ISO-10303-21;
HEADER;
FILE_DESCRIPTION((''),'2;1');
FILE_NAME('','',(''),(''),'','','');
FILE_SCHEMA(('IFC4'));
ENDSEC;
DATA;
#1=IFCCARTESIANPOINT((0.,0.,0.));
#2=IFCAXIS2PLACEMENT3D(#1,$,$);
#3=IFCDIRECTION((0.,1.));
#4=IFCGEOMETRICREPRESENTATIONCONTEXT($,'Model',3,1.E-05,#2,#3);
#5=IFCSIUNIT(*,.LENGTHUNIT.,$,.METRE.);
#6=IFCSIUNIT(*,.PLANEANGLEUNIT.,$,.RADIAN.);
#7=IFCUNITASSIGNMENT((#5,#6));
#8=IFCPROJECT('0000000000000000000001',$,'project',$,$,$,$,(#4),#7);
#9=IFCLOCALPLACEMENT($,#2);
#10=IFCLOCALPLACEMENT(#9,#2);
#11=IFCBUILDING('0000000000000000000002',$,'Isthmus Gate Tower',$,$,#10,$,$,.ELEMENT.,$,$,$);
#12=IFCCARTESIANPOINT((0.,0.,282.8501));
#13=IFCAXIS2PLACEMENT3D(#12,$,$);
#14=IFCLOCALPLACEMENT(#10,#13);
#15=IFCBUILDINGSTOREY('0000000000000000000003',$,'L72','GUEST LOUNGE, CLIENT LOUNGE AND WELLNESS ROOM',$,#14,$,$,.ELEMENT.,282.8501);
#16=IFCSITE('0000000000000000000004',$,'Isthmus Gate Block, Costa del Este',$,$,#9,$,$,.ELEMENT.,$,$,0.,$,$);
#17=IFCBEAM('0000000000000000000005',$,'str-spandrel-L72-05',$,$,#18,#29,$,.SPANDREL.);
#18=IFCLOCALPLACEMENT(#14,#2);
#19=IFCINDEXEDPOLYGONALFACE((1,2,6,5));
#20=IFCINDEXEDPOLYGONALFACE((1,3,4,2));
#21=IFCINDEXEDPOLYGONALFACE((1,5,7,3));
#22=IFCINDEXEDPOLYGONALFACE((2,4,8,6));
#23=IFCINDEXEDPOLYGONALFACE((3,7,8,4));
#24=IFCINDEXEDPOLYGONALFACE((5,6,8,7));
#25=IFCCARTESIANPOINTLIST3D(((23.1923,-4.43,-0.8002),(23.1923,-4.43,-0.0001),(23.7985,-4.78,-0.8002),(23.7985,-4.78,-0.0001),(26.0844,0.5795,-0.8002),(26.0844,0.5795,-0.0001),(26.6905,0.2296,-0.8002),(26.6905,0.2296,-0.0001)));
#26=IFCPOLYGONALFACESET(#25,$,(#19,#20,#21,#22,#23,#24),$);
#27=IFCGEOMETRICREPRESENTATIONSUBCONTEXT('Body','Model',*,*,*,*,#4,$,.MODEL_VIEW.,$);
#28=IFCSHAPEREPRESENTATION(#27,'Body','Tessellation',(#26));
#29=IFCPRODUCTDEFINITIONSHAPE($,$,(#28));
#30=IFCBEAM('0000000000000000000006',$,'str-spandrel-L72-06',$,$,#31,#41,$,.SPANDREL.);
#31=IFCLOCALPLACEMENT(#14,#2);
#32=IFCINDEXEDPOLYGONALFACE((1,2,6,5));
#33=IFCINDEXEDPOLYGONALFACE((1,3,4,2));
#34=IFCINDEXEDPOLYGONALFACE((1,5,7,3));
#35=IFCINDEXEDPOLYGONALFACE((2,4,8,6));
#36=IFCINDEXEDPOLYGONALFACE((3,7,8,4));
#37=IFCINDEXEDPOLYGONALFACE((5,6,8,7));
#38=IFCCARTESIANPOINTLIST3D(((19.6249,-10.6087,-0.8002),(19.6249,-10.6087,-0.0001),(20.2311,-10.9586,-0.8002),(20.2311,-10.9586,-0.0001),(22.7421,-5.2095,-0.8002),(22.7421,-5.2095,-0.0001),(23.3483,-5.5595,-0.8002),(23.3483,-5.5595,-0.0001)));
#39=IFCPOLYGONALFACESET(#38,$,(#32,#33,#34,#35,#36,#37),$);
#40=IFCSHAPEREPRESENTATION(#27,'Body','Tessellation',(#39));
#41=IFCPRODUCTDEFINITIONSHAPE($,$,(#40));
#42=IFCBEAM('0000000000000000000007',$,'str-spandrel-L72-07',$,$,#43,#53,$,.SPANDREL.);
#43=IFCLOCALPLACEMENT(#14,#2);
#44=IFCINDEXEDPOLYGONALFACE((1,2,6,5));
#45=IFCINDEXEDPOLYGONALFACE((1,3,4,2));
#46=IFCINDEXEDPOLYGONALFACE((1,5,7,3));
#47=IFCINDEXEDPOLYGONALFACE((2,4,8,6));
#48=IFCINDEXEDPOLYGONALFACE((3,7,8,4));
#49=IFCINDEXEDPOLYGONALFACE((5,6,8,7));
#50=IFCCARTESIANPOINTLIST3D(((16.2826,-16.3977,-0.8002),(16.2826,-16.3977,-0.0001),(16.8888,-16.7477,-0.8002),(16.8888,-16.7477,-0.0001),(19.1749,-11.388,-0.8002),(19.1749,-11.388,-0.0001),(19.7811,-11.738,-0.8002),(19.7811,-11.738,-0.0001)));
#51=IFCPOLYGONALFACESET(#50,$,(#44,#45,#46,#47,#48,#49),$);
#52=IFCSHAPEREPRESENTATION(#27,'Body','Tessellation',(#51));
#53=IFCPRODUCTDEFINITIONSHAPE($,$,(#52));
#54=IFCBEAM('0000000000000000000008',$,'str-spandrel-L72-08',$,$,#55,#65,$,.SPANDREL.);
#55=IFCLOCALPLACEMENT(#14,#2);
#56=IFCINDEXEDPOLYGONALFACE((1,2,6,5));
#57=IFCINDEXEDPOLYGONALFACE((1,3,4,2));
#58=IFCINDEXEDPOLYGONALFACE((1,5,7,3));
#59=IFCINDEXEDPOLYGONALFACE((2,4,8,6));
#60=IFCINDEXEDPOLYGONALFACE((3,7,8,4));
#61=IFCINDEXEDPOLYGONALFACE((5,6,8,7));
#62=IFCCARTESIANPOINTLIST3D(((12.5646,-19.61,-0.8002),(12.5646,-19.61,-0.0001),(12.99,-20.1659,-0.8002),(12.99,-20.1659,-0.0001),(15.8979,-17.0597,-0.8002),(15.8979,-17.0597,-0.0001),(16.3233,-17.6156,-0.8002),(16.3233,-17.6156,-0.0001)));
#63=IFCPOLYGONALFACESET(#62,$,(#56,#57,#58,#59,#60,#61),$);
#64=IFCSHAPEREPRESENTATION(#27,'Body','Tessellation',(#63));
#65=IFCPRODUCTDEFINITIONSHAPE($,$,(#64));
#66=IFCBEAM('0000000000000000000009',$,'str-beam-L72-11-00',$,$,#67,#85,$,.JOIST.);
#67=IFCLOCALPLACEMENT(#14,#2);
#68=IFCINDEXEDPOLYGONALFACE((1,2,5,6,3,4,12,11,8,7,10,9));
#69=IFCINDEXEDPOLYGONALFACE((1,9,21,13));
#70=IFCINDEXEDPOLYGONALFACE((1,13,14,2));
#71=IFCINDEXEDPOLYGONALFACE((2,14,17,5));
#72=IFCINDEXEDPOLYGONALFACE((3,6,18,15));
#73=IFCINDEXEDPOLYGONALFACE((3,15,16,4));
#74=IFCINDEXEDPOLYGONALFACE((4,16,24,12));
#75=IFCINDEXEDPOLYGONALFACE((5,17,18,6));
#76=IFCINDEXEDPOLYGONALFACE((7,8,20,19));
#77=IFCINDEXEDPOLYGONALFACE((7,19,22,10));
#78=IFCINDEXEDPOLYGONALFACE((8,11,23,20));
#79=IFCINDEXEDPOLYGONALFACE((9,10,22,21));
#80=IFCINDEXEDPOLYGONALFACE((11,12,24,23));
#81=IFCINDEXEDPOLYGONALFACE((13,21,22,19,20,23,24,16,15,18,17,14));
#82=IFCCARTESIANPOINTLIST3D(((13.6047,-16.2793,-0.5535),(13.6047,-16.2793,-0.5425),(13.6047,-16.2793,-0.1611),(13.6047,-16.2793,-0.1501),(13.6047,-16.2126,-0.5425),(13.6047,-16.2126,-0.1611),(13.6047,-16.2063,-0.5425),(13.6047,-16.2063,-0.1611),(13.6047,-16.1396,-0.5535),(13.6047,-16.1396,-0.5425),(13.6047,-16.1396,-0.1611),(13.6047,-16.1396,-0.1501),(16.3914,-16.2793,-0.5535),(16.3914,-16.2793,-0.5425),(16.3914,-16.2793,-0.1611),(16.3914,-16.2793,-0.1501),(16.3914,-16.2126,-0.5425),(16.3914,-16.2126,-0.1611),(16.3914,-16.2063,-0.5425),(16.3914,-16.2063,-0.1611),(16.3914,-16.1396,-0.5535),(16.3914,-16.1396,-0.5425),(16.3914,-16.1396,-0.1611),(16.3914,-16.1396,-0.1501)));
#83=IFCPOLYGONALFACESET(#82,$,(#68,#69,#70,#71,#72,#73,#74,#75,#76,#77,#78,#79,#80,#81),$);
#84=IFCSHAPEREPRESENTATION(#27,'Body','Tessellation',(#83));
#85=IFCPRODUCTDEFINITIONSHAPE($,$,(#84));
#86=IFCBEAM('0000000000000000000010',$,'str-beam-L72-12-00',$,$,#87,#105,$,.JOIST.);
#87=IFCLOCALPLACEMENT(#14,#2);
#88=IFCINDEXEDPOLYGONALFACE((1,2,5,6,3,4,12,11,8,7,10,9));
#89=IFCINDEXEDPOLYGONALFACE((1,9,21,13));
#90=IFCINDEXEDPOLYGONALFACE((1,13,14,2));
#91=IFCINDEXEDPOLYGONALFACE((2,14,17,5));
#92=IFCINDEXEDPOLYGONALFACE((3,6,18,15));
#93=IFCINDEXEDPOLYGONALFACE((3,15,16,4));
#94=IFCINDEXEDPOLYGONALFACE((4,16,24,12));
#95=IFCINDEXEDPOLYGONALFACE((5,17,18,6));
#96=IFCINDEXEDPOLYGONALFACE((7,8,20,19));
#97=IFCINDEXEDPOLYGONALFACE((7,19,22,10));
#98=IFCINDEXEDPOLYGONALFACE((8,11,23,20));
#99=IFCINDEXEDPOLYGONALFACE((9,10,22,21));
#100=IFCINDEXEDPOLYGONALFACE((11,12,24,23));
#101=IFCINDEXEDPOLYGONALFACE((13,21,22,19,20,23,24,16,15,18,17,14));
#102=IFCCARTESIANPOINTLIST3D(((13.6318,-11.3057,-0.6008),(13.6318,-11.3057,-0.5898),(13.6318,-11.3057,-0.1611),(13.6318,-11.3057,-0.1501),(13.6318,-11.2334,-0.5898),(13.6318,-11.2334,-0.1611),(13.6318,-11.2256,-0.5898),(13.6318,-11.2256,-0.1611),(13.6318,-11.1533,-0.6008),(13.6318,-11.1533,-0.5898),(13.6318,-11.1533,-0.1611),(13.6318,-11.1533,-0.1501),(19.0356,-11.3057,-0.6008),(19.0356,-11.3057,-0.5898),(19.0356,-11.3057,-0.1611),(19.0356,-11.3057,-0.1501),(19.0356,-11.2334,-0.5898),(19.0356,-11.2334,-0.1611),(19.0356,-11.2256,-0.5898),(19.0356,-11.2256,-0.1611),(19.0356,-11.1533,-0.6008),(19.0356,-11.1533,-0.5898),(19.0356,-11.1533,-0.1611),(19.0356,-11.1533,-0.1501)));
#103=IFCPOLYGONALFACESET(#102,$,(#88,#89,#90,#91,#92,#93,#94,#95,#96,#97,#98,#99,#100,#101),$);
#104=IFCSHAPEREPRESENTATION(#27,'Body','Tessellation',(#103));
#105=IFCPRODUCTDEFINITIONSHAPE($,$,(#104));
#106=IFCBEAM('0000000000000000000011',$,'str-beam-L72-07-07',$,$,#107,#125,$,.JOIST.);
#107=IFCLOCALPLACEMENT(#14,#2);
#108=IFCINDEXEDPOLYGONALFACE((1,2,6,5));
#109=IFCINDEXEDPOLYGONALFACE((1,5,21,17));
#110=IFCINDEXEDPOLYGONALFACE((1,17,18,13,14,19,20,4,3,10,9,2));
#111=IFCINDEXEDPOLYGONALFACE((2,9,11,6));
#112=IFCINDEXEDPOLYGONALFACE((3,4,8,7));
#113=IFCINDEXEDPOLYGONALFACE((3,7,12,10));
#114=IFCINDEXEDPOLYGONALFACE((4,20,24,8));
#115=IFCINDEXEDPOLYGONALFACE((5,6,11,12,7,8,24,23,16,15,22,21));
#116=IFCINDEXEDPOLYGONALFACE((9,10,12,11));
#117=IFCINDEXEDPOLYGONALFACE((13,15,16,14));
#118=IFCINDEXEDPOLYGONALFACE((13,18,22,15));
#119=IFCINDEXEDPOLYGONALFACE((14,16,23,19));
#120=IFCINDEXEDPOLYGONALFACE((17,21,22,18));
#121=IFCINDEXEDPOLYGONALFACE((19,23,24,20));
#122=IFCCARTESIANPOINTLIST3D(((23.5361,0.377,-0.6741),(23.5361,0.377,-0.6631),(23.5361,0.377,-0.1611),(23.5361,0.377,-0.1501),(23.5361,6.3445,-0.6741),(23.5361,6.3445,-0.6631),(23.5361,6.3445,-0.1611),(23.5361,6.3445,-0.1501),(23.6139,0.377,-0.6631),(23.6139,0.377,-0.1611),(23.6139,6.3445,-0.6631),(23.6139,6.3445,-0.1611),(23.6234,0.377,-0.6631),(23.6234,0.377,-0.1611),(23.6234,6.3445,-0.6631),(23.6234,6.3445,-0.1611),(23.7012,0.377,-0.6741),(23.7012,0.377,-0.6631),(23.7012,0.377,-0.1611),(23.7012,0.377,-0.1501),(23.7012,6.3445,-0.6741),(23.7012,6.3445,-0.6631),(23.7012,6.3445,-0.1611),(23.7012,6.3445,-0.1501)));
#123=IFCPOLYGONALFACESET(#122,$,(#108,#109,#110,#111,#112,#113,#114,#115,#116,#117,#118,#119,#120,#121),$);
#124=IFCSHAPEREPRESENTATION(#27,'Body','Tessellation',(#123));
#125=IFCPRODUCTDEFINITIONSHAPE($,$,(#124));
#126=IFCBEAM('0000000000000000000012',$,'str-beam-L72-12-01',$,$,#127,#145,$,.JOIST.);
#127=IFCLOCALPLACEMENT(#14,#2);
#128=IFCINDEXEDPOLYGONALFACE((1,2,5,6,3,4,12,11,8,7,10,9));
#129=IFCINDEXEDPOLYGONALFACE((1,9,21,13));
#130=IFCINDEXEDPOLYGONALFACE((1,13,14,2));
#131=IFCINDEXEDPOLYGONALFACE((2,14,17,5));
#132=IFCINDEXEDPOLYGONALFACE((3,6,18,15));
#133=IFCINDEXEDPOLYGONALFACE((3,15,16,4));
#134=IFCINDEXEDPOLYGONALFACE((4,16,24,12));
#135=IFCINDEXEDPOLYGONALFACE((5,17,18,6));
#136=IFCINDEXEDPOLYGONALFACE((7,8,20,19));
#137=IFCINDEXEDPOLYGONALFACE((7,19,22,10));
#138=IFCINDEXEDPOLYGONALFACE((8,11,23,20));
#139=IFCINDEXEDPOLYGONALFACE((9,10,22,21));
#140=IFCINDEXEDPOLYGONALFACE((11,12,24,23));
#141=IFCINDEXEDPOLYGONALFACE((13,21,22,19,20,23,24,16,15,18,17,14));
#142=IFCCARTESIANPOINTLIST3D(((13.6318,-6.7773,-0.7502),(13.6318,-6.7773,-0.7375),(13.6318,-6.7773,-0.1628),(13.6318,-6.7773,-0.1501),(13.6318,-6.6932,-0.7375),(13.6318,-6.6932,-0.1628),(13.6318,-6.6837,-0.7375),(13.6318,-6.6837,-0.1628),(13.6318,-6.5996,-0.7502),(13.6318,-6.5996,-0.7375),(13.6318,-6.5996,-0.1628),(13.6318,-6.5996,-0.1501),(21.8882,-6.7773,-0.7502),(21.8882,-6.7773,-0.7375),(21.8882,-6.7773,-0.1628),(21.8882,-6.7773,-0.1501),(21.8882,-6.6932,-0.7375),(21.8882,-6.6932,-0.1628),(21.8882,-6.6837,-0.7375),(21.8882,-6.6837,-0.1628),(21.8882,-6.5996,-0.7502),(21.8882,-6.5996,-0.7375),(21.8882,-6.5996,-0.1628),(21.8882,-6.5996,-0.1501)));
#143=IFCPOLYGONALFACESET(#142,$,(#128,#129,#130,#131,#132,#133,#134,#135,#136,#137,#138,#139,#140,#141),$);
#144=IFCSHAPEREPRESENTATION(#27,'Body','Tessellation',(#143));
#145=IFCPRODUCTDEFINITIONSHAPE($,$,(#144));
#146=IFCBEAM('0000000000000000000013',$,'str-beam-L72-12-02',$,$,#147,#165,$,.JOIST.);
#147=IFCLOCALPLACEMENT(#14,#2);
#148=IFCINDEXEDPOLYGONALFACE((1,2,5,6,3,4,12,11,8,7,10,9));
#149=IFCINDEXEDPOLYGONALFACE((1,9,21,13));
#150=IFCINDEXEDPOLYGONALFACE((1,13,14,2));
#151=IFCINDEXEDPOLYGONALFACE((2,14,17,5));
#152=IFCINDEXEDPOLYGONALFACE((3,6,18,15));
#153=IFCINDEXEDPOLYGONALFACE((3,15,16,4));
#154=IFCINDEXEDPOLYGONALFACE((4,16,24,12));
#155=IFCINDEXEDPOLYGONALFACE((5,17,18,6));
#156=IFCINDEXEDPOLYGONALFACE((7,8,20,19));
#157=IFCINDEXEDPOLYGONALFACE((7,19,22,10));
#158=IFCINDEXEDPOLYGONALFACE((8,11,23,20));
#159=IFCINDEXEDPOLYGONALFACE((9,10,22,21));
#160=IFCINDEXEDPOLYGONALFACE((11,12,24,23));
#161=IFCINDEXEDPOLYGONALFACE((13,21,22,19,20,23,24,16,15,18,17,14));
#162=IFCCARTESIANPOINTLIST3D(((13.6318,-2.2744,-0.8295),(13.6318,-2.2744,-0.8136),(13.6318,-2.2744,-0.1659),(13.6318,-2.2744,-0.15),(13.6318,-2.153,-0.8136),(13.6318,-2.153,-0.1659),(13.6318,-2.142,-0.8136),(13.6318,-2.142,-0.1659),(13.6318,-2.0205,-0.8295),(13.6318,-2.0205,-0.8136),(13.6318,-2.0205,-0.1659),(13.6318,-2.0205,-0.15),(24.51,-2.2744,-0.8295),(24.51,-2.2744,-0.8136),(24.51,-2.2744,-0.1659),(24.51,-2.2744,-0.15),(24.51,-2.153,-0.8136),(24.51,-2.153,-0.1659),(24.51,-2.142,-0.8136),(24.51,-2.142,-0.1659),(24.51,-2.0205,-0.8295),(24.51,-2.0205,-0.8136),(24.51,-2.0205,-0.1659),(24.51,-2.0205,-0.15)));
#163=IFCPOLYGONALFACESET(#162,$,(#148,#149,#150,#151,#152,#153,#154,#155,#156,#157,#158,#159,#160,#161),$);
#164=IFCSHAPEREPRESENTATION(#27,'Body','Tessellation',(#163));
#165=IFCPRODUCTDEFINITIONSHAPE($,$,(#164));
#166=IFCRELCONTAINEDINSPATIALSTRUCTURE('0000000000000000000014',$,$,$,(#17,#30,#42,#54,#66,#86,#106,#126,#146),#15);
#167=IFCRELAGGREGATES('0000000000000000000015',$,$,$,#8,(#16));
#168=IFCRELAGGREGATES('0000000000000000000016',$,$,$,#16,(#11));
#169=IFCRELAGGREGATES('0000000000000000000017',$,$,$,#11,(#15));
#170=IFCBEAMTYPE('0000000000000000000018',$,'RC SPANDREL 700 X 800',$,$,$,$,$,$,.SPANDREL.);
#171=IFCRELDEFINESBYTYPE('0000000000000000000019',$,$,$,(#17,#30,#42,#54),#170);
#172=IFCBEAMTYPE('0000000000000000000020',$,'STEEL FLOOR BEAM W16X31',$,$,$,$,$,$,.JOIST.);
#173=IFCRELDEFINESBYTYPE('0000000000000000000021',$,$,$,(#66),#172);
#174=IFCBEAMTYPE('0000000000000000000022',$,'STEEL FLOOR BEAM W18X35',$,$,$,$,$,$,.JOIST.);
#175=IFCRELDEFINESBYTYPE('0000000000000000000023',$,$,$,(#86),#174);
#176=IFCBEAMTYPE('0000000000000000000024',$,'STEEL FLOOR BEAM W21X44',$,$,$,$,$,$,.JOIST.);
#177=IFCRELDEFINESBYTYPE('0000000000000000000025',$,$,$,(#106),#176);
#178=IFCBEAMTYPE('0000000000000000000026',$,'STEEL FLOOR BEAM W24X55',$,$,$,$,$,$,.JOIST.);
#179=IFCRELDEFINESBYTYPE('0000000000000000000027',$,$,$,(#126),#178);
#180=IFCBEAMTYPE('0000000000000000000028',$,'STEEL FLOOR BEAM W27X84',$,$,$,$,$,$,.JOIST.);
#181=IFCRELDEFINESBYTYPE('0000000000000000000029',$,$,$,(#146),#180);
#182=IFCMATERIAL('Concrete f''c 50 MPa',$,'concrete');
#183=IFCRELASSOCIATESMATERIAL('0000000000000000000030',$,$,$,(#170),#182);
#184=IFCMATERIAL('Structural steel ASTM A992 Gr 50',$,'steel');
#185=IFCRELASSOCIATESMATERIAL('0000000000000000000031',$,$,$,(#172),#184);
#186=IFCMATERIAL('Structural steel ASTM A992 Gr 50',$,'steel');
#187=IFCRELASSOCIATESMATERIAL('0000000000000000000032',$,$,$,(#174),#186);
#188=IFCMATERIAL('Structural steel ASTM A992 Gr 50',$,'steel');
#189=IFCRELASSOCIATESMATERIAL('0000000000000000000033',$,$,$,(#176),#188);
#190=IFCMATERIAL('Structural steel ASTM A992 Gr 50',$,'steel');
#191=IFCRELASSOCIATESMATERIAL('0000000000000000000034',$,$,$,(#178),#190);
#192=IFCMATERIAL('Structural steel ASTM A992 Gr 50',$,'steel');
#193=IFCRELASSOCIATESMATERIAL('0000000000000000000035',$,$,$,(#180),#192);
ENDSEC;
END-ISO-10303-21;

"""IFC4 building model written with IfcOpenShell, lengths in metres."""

from ifc_helpers import new_model, si_unit, direction, frame, origin, origin_2d, place, context, subcontext, project, spatial, rectangle, i_section, extrude, material, material_profile, profile_set, type_object, element, save


model = new_model("IFC4")

# Units and contexts
model_context = context("Model", 3, precision=1e-05, world=origin(), true_north=direction((0.0, 1.0)))
body_context = subcontext(model_context, "Body", "Model", "MODEL_VIEW")
ifc_project = project(units=[si_unit("LENGTHUNIT", "METRE"), si_unit("PLANEANGLEUNIT", "RADIAN")], contexts=[model_context])

# Site, building, storey
site_placement = place(None, origin())
site = spatial("IfcSite", under=ifc_project, at=site_placement, Name="Isthmus Gate Block, Costa del Este", CompositionType="ELEMENT", RefElevation=0.0)
building_placement = place(site_placement, origin())
building = spatial("IfcBuilding", under=site, at=building_placement, Name="Isthmus Gate Tower", CompositionType="ELEMENT")
storey_placement = place(building_placement, frame((0.0, 0.0, 282.8501)))
storey = spatial("IfcBuildingStorey", under=building, at=storey_placement, Name="L72", Description="GUEST LOUNGE, CLIENT LOUNGE AND WELLNESS ROOM", CompositionType="ELEMENT", Elevation=282.8501)

# Beams
ifc_material_1 = material(Name="Concrete f'c 50 MPa", Category="concrete")
ifc_material_profile_1 = material_profile(ifc_material_1, rectangle(XDim=0.7, YDim=0.8, at=origin_2d()), Name="RC 700X800")
ifc_profile_set_1 = profile_set([ifc_material_profile_1], Name="Concrete f'c 50 MPa")
beam_type_1 = type_object("IfcBeamType", Name="RC SPANDREL 700 X 800", PredefinedType="SPANDREL", material=ifc_profile_set_1)
beam_1_placement = place(storey_placement, frame((26.3875, 0.4045, -0.4001), z_axis=(-0.499979, -0.866037, 0.0), x_axis=(0.866037, -0.499979, 0.0)))
element("IfcBeam", 1, at=beam_1_placement, inside=storey, type_object=beam_type_1, Name="str-spandrel-L72-05", PredefinedType="SPANDREL", context=body_context, shape_type="SweptSolid", body=[
    extrude(rectangle(XDim=0.7, YDim=0.8, at=origin_2d()), origin(), (0.0, 0.0, 1.0), 5.7844),
])
beam_2_placement = place(storey_placement, frame((23.0452, -5.3845, -0.4001), z_axis=(-0.499997, -0.866027, 0.0), x_axis=(0.866027, -0.499997, 0.0)))
element("IfcBeam", 2, at=beam_2_placement, inside=storey, type_object=beam_type_1, Name="str-spandrel-L72-06", PredefinedType="SPANDREL", context=body_context, shape_type="SweptSolid", body=[
    extrude(rectangle(XDim=0.7, YDim=0.8, at=origin_2d()), origin(), (0.0, 0.0, 1.0), 6.2344),
])
beam_3_placement = place(storey_placement, frame((19.478, -11.563, -0.4001), z_axis=(-0.499993, -0.86603, 0.0), x_axis=(0.86603, -0.499993, 0.0)))
element("IfcBeam", 3, at=beam_3_placement, inside=storey, type_object=beam_type_1, Name="str-spandrel-L72-07", PredefinedType="SPANDREL", context=body_context, shape_type="SweptSolid", body=[
    extrude(rectangle(XDim=0.7, YDim=0.8, at=origin_2d()), origin(), (0.0, 0.0, 1.0), 5.7847),
])
beam_4_placement = place(storey_placement, frame((16.1106, -17.3376, -0.4001), z_axis=(-0.794204, -0.607651, 0.0), x_axis=(0.607651, -0.794204, 0.0)))
element("IfcBeam", 4, at=beam_4_placement, inside=storey, type_object=beam_type_1, Name="str-spandrel-L72-08", PredefinedType="SPANDREL", context=body_context, shape_type="SweptSolid", body=[
    extrude(rectangle(XDim=0.7, YDim=0.8, at=origin_2d()), origin(), (0.0, 0.0, 1.0), 4.197),
])
ifc_material_2 = material(Name="Structural steel ASTM A992 Gr 50", Category="steel")
ifc_material_profile_2 = material_profile(ifc_material_2, i_section(OverallWidth=0.1396, OverallDepth=0.4033, WebThickness=0.0063, FlangeThickness=0.011, at=origin_2d()), Name="W16X31")
ifc_profile_set_2 = profile_set([ifc_material_profile_2], Name="Structural steel ASTM A992 Gr 50")
beam_type_2 = type_object("IfcBeamType", Name="STEEL FLOOR BEAM W16X31", PredefinedType="JOIST", material=ifc_profile_set_2)
beam_5_placement = place(storey_placement, frame((13.6047, -16.2095, -0.3518), z_axis=(1.0, 0.0, 0.0), x_axis=(0.0, 1.0, 0.0)))
element("IfcBeam", 5, at=beam_5_placement, inside=storey, type_object=beam_type_2, Name="str-beam-L72-11-00", PredefinedType="JOIST", context=body_context, shape_type="SweptSolid", body=[
    extrude(i_section(OverallWidth=0.1396, OverallDepth=0.4033, WebThickness=0.0063, FlangeThickness=0.011, at=origin_2d()), origin(), (0.0, 0.0, 1.0), 2.7866),
])
ifc_material_3 = material(Name="Structural steel ASTM A992 Gr 50", Category="steel")
ifc_material_profile_3 = material_profile(ifc_material_3, i_section(OverallWidth=0.1523, OverallDepth=0.4507, WebThickness=0.0078, FlangeThickness=0.011, at=origin_2d()), Name="W18X35")
ifc_profile_set_3 = profile_set([ifc_material_profile_3], Name="Structural steel ASTM A992 Gr 50")
beam_type_3 = type_object("IfcBeamType", Name="STEEL FLOOR BEAM W18X35", PredefinedType="JOIST", material=ifc_profile_set_3)
beam_6_placement = place(storey_placement, frame((13.6318, -11.2295, -0.3755), z_axis=(1.0, 0.0, 0.0), x_axis=(0.0, 1.0, 0.0)))
element("IfcBeam", 6, at=beam_6_placement, inside=storey, type_object=beam_type_3, Name="str-beam-L72-12-00", PredefinedType="JOIST", context=body_context, shape_type="SweptSolid", body=[
    extrude(i_section(OverallWidth=0.1523, OverallDepth=0.4507, WebThickness=0.0078, FlangeThickness=0.011, at=origin_2d()), origin(), (0.0, 0.0, 1.0), 5.4038),
])
ifc_material_4 = material(Name="Structural steel ASTM A992 Gr 50", Category="steel")
ifc_material_profile_4 = material_profile(ifc_material_4, i_section(OverallWidth=0.165, OverallDepth=0.5239, WebThickness=0.0095, FlangeThickness=0.011, at=origin_2d()), Name="W21X44")
ifc_profile_set_4 = profile_set([ifc_material_profile_4], Name="Structural steel ASTM A992 Gr 50")
beam_type_4 = type_object("IfcBeamType", Name="STEEL FLOOR BEAM W21X44", PredefinedType="JOIST", material=ifc_profile_set_4)
beam_7_placement = place(storey_placement, frame((23.6187, 0.377, -0.4121), z_axis=(0.0, 1.0, 0.0), x_axis=(-1.0, 0.0, 0.0)))
element("IfcBeam", 7, at=beam_7_placement, inside=storey, type_object=beam_type_4, Name="str-beam-L72-07-07", PredefinedType="JOIST", context=body_context, shape_type="SweptSolid", body=[
    extrude(i_section(OverallWidth=0.165, OverallDepth=0.5239, WebThickness=0.0095, FlangeThickness=0.011, at=origin_2d()), origin(), (0.0, 0.0, 1.0), 5.9675),
])
ifc_material_5 = material(Name="Structural steel ASTM A992 Gr 50", Category="steel")
ifc_material_profile_5 = material_profile(ifc_material_5, i_section(OverallWidth=0.1777, OverallDepth=0.6001, WebThickness=0.0095, FlangeThickness=0.0127, at=origin_2d()), Name="W24X55")
ifc_profile_set_5 = profile_set([ifc_material_profile_5], Name="Structural steel ASTM A992 Gr 50")
beam_type_5 = type_object("IfcBeamType", Name="STEEL FLOOR BEAM W24X55", PredefinedType="JOIST", material=ifc_profile_set_5)
beam_8_placement = place(storey_placement, frame((13.6318, -6.6885, -0.4502), z_axis=(1.0, 0.0, 0.0), x_axis=(0.0, 1.0, 0.0)))
element("IfcBeam", 8, at=beam_8_placement, inside=storey, type_object=beam_type_5, Name="str-beam-L72-12-01", PredefinedType="JOIST", context=body_context, shape_type="SweptSolid", body=[
    extrude(i_section(OverallWidth=0.1777, OverallDepth=0.6001, WebThickness=0.0095, FlangeThickness=0.0127, at=origin_2d()), origin(), (0.0, 0.0, 1.0), 8.2563),
])
ifc_material_6 = material(Name="Structural steel ASTM A992 Gr 50", Category="steel")
ifc_material_profile_6 = material_profile(ifc_material_6, i_section(OverallWidth=0.2539, OverallDepth=0.6794, WebThickness=0.011, FlangeThickness=0.0159, at=origin_2d()), Name="W27X84")
ifc_profile_set_6 = profile_set([ifc_material_profile_6], Name="Structural steel ASTM A992 Gr 50")
beam_type_6 = type_object("IfcBeamType", Name="STEEL FLOOR BEAM W27X84", PredefinedType="JOIST", material=ifc_profile_set_6)
beam_9_placement = place(storey_placement, frame((13.6318, -2.1475, -0.4897), z_axis=(1.0, 0.0, 0.0), x_axis=(0.0, 1.0, 0.0)))
element("IfcBeam", 9, at=beam_9_placement, inside=storey, type_object=beam_type_6, Name="str-beam-L72-12-02", PredefinedType="JOIST", context=body_context, shape_type="SweptSolid", body=[
    extrude(i_section(OverallWidth=0.2539, OverallDepth=0.6794, WebThickness=0.011, FlangeThickness=0.0159, at=origin_2d()), origin(), (0.0, 0.0, 1.0), 10.8782),
])

save(model, "model.ifc")
